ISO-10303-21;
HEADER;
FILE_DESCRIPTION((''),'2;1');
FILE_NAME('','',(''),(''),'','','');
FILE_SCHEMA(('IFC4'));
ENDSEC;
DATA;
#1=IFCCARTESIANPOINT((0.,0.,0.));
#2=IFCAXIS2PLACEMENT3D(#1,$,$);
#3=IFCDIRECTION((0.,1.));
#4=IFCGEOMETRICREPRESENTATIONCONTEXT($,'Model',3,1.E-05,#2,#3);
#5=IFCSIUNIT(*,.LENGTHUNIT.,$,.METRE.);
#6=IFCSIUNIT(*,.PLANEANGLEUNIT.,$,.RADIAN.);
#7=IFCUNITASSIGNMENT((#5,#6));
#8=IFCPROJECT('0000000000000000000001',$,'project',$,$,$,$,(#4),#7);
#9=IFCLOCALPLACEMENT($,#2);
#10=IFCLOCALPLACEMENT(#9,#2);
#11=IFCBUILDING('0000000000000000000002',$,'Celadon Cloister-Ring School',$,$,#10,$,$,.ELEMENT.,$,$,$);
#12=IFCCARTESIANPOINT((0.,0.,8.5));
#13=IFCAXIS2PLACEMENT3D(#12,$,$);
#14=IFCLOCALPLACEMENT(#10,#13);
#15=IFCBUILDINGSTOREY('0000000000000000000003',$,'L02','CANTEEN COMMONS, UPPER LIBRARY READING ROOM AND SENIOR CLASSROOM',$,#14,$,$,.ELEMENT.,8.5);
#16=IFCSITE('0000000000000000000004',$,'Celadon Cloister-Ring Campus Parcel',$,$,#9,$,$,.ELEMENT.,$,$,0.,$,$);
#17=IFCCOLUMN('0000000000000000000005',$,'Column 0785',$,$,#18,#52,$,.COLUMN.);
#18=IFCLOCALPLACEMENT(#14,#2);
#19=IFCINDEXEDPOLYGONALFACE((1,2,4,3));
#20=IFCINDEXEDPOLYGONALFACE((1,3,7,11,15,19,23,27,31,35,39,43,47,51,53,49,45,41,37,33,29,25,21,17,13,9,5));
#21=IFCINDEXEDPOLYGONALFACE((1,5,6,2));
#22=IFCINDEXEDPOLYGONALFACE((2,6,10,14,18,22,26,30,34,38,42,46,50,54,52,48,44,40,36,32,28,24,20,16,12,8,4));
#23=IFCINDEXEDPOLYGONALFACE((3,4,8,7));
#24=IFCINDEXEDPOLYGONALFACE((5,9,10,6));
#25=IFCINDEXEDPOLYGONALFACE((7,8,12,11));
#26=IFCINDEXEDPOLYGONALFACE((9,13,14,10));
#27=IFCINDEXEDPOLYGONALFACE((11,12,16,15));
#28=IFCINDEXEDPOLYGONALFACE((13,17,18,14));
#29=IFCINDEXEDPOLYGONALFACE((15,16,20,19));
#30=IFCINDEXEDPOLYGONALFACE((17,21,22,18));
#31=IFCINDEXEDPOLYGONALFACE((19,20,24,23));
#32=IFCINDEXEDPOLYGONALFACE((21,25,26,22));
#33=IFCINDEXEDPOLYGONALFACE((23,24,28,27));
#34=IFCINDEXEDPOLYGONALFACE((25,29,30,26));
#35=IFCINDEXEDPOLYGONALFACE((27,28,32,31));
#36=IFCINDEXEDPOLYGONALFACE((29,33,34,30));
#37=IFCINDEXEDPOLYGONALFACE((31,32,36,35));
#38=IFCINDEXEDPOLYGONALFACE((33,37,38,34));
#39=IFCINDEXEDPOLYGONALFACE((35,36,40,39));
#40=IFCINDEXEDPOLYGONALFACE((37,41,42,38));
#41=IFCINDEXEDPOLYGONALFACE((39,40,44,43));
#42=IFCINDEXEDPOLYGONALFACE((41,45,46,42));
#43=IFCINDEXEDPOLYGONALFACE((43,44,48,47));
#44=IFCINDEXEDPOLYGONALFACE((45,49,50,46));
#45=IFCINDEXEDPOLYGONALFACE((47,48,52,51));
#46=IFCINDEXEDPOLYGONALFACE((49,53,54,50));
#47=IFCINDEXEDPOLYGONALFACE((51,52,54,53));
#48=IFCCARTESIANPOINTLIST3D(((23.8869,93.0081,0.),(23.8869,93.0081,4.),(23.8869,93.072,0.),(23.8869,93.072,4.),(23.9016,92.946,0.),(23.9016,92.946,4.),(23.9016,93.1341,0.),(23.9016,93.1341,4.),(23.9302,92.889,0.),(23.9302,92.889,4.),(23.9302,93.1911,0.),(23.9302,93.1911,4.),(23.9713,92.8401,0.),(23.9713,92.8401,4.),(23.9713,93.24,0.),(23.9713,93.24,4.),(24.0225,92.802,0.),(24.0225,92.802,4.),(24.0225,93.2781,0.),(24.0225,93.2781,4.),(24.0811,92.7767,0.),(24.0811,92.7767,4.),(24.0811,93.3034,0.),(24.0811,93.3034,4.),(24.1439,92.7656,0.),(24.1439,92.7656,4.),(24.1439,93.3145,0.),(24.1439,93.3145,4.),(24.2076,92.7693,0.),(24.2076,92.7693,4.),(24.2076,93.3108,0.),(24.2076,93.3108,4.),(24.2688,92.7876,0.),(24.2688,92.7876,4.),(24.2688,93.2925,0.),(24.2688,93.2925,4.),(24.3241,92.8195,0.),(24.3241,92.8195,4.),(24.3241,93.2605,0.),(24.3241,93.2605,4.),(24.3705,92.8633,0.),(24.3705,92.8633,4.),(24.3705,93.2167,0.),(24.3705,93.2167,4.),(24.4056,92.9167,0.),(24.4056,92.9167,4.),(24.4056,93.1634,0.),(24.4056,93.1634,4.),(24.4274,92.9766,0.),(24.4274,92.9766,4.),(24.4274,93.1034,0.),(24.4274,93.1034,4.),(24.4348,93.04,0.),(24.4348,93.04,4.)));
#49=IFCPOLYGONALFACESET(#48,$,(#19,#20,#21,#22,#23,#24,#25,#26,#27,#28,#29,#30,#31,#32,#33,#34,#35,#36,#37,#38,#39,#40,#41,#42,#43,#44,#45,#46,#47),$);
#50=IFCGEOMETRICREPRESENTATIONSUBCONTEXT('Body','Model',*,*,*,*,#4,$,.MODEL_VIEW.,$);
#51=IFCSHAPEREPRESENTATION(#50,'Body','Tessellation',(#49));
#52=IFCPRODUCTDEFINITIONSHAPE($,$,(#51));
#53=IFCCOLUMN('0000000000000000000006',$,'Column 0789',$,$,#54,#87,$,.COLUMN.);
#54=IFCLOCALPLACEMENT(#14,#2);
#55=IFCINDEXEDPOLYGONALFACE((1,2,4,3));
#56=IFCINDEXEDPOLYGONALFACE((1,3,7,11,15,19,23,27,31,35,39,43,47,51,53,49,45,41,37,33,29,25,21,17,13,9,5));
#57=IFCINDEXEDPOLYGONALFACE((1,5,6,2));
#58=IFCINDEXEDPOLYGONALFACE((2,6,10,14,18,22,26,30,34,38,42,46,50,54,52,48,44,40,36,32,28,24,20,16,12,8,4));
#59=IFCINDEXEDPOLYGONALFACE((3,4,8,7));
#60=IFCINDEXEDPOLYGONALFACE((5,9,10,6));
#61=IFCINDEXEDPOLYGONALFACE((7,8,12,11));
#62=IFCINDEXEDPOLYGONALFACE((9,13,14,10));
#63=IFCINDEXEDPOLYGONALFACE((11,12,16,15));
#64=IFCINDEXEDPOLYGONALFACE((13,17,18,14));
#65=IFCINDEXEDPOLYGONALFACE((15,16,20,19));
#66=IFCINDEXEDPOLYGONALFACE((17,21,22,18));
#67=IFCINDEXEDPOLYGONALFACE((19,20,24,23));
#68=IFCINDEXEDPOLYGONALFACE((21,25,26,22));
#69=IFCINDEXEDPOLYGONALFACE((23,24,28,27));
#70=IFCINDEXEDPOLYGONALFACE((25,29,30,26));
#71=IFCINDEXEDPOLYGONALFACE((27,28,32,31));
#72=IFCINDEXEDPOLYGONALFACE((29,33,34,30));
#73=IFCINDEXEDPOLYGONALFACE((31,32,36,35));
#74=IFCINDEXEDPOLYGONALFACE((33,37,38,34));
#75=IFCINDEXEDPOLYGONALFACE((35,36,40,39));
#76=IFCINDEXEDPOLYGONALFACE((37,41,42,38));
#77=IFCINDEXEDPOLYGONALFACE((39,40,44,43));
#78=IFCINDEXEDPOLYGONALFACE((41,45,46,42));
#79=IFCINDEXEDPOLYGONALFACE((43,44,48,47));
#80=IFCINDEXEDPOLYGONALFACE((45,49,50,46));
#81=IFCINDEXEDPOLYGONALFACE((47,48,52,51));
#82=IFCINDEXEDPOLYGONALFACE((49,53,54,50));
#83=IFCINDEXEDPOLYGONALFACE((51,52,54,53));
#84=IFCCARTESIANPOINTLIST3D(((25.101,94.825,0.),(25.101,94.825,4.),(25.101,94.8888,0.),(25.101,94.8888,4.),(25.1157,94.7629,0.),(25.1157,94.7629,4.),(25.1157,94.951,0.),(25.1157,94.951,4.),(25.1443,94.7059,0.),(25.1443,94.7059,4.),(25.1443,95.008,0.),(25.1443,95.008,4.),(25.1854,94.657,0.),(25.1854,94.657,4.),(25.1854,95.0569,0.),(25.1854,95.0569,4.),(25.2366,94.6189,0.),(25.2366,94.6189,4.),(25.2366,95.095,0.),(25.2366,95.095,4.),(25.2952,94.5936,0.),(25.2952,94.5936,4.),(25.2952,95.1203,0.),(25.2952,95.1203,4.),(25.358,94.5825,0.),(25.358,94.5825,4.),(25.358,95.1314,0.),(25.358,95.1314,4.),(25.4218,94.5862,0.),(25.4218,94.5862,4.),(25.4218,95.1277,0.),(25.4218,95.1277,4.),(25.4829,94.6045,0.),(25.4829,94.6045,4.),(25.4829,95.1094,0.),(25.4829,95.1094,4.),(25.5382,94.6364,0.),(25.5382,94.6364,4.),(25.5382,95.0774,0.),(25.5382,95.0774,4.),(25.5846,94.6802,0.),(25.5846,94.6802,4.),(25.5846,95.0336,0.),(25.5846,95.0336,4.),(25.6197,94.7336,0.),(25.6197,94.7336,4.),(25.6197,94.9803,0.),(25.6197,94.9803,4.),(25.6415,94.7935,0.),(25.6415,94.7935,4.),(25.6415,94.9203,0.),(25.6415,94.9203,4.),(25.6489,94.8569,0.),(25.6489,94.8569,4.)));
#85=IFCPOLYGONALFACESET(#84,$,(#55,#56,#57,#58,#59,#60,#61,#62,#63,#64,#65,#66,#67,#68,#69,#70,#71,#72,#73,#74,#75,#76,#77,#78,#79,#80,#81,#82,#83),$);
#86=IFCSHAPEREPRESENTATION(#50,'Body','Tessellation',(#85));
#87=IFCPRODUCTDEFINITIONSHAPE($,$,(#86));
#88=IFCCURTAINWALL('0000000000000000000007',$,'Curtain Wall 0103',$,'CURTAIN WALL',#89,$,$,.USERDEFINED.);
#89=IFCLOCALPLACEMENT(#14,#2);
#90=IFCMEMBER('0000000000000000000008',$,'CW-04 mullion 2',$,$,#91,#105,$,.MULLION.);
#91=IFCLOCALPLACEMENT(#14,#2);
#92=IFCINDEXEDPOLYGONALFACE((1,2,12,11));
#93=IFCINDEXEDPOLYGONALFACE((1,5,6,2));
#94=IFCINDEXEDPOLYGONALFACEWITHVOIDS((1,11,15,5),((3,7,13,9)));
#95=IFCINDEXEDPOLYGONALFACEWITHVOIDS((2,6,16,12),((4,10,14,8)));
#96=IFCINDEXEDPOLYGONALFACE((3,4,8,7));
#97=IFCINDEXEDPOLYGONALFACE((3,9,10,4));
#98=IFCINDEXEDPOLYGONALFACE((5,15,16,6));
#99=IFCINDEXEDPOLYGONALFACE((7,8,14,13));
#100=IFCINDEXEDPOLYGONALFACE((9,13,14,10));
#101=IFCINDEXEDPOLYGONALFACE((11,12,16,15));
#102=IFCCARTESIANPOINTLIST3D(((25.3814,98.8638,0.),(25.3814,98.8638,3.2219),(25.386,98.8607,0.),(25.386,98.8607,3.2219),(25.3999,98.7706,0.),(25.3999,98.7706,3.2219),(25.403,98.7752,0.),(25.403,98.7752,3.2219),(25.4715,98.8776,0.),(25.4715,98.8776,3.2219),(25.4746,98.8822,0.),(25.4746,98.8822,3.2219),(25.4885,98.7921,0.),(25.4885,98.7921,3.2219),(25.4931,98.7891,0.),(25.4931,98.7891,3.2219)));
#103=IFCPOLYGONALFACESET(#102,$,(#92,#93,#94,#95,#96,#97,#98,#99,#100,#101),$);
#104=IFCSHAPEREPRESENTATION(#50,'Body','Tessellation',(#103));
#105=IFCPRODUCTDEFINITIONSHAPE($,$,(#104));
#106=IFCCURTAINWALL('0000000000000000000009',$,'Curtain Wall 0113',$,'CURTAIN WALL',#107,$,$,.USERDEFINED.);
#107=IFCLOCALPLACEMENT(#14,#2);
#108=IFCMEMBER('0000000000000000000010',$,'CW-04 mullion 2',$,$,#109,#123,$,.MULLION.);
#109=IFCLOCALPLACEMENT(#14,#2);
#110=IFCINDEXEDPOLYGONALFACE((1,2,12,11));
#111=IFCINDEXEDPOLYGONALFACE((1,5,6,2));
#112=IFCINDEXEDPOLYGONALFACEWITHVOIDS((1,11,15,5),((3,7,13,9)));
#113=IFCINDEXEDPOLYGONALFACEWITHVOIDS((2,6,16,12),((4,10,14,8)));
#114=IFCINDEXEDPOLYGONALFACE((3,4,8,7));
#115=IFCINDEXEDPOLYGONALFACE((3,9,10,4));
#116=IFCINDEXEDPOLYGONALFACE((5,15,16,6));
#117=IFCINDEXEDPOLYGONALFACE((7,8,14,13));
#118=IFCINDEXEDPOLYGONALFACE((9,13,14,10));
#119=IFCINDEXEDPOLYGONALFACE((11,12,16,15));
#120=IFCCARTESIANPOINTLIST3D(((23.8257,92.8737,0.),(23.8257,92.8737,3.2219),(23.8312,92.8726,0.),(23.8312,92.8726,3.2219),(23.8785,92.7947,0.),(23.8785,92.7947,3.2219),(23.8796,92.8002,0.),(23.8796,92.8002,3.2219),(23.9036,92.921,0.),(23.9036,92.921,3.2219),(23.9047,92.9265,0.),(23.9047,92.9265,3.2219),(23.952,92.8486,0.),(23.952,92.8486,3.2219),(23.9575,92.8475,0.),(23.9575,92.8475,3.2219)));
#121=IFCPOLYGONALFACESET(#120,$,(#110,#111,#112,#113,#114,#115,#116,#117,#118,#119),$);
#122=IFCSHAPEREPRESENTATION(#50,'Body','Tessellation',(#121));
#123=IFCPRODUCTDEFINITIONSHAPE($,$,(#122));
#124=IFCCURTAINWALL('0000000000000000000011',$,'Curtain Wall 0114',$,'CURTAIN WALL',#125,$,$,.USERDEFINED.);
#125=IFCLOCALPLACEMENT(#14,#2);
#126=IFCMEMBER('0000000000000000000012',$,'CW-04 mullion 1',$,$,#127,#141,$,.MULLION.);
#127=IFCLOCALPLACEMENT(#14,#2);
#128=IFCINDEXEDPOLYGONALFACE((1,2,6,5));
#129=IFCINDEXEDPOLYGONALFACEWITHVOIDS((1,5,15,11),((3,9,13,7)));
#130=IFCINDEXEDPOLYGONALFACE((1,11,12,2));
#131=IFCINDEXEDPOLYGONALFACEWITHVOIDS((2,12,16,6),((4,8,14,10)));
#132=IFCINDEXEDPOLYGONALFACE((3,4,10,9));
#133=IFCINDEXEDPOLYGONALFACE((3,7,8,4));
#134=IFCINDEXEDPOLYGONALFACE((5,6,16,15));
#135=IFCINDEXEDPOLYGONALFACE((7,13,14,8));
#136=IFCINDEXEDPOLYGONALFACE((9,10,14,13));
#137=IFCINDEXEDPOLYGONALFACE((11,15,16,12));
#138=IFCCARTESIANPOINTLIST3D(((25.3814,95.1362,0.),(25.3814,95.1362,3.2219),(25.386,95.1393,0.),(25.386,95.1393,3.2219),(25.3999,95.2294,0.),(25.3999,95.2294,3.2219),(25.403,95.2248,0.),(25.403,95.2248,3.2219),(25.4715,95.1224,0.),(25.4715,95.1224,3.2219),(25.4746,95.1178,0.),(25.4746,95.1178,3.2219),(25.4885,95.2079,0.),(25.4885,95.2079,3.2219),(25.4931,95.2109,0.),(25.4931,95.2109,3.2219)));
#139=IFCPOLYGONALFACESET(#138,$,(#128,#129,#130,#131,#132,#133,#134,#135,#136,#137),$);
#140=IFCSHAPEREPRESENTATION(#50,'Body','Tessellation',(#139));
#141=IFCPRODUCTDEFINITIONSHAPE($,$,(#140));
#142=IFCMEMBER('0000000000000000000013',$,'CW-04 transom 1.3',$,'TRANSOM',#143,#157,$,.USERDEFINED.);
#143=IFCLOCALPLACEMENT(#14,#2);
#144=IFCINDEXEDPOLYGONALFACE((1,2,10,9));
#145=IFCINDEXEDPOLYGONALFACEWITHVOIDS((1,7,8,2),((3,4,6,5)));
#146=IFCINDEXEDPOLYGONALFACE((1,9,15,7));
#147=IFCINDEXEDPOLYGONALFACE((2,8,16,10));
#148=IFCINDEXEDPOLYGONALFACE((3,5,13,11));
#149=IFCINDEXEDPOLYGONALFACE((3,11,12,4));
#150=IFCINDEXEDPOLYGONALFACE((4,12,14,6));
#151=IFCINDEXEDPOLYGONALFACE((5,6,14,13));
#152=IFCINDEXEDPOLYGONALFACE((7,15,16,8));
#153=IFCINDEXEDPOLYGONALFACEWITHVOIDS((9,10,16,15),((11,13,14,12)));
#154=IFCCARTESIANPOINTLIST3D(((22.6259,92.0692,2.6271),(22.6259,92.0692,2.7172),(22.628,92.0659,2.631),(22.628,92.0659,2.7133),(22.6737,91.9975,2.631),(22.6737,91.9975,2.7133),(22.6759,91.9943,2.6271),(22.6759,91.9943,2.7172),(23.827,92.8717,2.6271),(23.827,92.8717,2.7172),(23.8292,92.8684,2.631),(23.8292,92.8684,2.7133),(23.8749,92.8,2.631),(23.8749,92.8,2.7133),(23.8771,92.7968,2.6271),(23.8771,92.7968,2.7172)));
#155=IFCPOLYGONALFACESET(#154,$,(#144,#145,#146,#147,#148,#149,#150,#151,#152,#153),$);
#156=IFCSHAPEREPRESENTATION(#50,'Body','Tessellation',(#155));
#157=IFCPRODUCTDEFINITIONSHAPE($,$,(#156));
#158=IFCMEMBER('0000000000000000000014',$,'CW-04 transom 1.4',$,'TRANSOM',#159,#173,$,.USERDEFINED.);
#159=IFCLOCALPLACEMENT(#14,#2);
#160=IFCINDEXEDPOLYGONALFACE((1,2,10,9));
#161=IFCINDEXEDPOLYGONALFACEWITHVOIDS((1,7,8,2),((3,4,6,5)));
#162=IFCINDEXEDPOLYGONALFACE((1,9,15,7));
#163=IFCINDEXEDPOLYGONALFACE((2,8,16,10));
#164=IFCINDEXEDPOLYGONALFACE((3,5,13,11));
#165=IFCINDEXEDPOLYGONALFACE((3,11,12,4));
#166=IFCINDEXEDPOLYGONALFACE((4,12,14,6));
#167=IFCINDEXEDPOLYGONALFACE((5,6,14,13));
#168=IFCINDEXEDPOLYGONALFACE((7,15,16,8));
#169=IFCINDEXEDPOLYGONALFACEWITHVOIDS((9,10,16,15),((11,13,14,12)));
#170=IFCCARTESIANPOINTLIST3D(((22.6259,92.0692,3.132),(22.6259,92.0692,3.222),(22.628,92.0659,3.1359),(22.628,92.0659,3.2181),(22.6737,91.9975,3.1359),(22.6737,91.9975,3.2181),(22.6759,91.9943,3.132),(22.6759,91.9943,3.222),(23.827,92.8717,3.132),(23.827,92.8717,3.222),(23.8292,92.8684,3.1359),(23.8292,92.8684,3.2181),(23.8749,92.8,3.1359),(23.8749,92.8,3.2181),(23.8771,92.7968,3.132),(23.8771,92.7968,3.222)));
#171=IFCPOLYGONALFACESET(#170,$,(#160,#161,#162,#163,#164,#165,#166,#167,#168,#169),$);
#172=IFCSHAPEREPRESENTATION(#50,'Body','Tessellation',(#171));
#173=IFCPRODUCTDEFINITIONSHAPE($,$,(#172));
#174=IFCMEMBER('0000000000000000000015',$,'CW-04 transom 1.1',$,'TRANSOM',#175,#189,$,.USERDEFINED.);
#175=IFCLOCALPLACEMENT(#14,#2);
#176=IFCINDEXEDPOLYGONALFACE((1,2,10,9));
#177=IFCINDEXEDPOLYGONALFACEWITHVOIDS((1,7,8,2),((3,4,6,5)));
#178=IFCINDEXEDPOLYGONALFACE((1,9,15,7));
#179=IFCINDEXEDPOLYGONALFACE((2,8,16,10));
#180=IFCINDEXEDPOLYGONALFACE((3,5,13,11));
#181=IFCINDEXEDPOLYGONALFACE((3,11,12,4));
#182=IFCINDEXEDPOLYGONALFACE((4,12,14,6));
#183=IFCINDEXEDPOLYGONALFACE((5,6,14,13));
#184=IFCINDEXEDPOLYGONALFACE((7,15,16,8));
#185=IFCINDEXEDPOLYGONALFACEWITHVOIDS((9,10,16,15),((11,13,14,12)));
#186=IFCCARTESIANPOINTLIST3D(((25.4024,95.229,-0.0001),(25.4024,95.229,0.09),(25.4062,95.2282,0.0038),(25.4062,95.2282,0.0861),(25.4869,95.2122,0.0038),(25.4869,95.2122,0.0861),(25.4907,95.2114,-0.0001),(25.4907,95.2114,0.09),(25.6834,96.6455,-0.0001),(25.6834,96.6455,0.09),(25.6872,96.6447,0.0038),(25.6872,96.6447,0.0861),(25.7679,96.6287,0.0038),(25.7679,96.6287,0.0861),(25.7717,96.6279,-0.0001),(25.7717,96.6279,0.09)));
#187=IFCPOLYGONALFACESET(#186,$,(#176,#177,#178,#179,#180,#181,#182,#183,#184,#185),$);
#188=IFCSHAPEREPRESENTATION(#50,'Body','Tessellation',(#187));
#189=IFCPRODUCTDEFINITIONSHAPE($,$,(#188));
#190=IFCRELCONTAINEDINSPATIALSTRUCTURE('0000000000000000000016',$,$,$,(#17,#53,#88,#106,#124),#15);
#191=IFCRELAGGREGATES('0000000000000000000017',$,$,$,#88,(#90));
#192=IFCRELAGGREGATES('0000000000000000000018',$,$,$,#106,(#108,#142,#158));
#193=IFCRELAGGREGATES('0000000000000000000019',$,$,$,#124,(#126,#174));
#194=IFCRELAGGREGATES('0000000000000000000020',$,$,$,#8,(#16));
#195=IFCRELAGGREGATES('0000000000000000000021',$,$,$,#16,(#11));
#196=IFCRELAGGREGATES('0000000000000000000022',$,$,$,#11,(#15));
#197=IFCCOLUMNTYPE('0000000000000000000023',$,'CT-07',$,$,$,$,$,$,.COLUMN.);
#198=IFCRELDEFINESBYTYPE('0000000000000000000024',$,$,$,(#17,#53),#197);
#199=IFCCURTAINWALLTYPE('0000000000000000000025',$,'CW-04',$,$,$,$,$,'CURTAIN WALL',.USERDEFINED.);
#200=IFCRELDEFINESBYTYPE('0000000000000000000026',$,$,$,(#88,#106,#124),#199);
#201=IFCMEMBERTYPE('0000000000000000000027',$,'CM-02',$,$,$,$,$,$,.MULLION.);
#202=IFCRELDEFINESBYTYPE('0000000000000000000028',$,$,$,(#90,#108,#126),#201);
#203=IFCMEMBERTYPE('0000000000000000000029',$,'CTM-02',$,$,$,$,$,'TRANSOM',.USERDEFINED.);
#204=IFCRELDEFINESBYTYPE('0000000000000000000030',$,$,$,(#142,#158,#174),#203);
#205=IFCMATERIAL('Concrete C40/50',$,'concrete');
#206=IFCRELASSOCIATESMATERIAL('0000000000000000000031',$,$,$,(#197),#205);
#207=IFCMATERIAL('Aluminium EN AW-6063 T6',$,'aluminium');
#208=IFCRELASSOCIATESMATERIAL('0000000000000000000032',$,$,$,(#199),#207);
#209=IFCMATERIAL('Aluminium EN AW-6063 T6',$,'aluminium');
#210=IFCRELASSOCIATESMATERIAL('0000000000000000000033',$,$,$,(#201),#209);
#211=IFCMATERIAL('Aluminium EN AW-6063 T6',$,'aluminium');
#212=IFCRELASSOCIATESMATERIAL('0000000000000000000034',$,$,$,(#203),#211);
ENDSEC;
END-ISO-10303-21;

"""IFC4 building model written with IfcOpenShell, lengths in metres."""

from ifc_helpers import new_model, si_unit, direction, frame, origin, origin_2d, place, context, subcontext, project, spatial, hollow_rectangle, circle, extrude, material, material_profile, profile_set, type_object, element, aggregate, save


model = new_model("IFC4")

# Units and contexts
model_context = context("Model", 3, precision=1e-05, world=origin(), true_north=direction((0.0, 1.0)))
body_context = subcontext(model_context, "Body", "Model", "MODEL_VIEW")
ifc_project = project(units=[si_unit("LENGTHUNIT", "METRE"), si_unit("PLANEANGLEUNIT", "RADIAN")], contexts=[model_context])

# Site, building, storey
site_placement = place(None, origin())
site = spatial("IfcSite", under=ifc_project, at=site_placement, Name="Celadon Cloister-Ring Campus Parcel", CompositionType="ELEMENT", RefElevation=0.0)
building_placement = place(site_placement, origin())
building = spatial("IfcBuilding", under=site, at=building_placement, Name="Celadon Cloister-Ring School", CompositionType="ELEMENT")
storey_placement = place(building_placement, frame((0.0, 0.0, 8.5)))
storey = spatial("IfcBuildingStorey", under=building, at=storey_placement, Name="L02", Description="CANTEEN COMMONS, UPPER LIBRARY READING ROOM AND SENIOR CLASSROOM", CompositionType="ELEMENT", Elevation=8.5)

# Columns
ifc_material_1 = material(Name="Concrete C40/50", Category="concrete")
ifc_material_profile_1 = material_profile(ifc_material_1, circle(Radius=0.2749, at=origin_2d()), Name="CIRC550")
ifc_profile_set_1 = profile_set([ifc_material_profile_1], Name="Concrete C40/50")
column_type = type_object("IfcColumnType", Name="CT-07", PredefinedType="COLUMN", material=ifc_profile_set_1)
for number, where, z_axis, x_axis, name in (
    (1, (24.1599, 93.04, 0.0), (0.0, 0.0, 1.0), (1.0, 0.0, 0.0), "Column 0785"),
    (2, (25.374, 94.8569, 0.0), (0.0, 0.0, 1.0), (1.0, 0.0, 0.0), "Column 0789"),
):
    element("IfcColumn", number, at=place(storey_placement, frame(where, z_axis=z_axis, x_axis=x_axis)), inside=storey, type_object=column_type, Name=name, PredefinedType="COLUMN", context=body_context, shape_type="SweptSolid", body=[
        extrude(circle(Radius=0.2749, at=origin_2d()), origin(), (0.0, 0.0, 1.0), 4.0),
    ])

# Curtain walls, members
ifc_material_2 = material(Name="Aluminium EN AW-6063 T6", Category="aluminium")
curtain_wall_type = type_object("IfcCurtainWallType", Name="CW-04", ElementType="CURTAIN WALL", PredefinedType="USERDEFINED", material=ifc_material_2)
curtain_wall_1_placement = place(storey_placement, origin())
curtain_wall_1 = element("IfcCurtainWall", 3, at=curtain_wall_1_placement, inside=storey, type_object=curtain_wall_type, Name="Curtain Wall 0103", ObjectType="CURTAIN WALL", PredefinedType="USERDEFINED")
ifc_material_3 = material(Name="Aluminium EN AW-6063 T6", Category="aluminium")
ifc_material_profile_2 = material_profile(ifc_material_3, hollow_rectangle(XDim=0.095, YDim=0.095, WallThickness=0.0039, at=origin_2d()), Name="RHS95X95X4")
ifc_profile_set_2 = profile_set([ifc_material_profile_2], Name="Aluminium EN AW-6063 T6")
member_type_1 = type_object("IfcMemberType", Name="CM-02", PredefinedType="MULLION", material=ifc_profile_set_2)
member_1_placement = place(storey_placement, frame((25.4373, 98.8264, 0.0), z_axis=(0.0, 0.0, 1.0), x_axis=(-0.980885, -0.194586, 0.0)))
member_1 = element("IfcMember", 4, at=member_1_placement, type_object=member_type_1, Name="CW-04 mullion 2", PredefinedType="MULLION", context=body_context, shape_type="SweptSolid", body=[
    extrude(hollow_rectangle(XDim=0.095, YDim=0.095, WallThickness=0.0039, at=origin_2d()), origin(), (0.0, 0.0, 1.0), 3.2219),
])
aggregate(curtain_wall_1, [member_1])
curtain_wall_2_placement = place(storey_placement, origin())
curtain_wall_2 = element("IfcCurtainWall", 5, at=curtain_wall_2_placement, inside=storey, type_object=curtain_wall_type, Name="Curtain Wall 0113", ObjectType="CURTAIN WALL", PredefinedType="USERDEFINED")
member_2_placement = place(storey_placement, frame((23.8916, 92.8606, 0.0), z_axis=(0.0, 0.0, 1.0), x_axis=(-0.555547, 0.831485, 0.0)))
member_2 = element("IfcMember", 6, at=member_2_placement, type_object=member_type_1, Name="CW-04 mullion 2", PredefinedType="MULLION", context=body_context, shape_type="SweptSolid", body=[
    extrude(hollow_rectangle(XDim=0.095, YDim=0.095, WallThickness=0.0039, at=origin_2d()), origin(), (0.0, 0.0, 1.0), 3.2219),
])
curtain_wall_3_placement = place(storey_placement, origin())
curtain_wall_3 = element("IfcCurtainWall", 7, at=curtain_wall_3_placement, inside=storey, type_object=curtain_wall_type, Name="Curtain Wall 0114", ObjectType="CURTAIN WALL", PredefinedType="USERDEFINED")
member_3_placement = place(storey_placement, frame((25.4373, 95.1736, 0.0), z_axis=(0.0, 0.0, 1.0), x_axis=(-0.980885, 0.194586, 0.0)))
member_3 = element("IfcMember", 8, at=member_3_placement, type_object=member_type_1, Name="CW-04 mullion 1", PredefinedType="MULLION", context=body_context, shape_type="SweptSolid", body=[
    extrude(hollow_rectangle(XDim=0.095, YDim=0.095, WallThickness=0.0039, at=origin_2d()), origin(), (0.0, 0.0, 1.0), 3.2219),
])

# Members
ifc_material_4 = material(Name="Aluminium EN AW-6063 T6", Category="aluminium")
ifc_material_profile_3 = material_profile(ifc_material_4, hollow_rectangle(XDim=0.0901, YDim=0.0901, WallThickness=0.0039, at=origin_2d()), Name="RHS90X90X4")
ifc_profile_set_3 = profile_set([ifc_material_profile_3], Name="Aluminium EN AW-6063 T6")
member_type_2 = type_object("IfcMemberType", Name="CTM-02", ElementType="TRANSOM", PredefinedType="USERDEFINED", material=ifc_profile_set_3)
member_4_placement = place(storey_placement, frame((22.6509, 92.0317, 2.6721), z_axis=(0.831504, 0.555519, 0.0), x_axis=(-0.555519, 0.831504, 0.0)))
member_4 = element("IfcMember", 9, at=member_4_placement, type_object=member_type_2, Name="CW-04 transom 1.3", ObjectType="TRANSOM", PredefinedType="USERDEFINED", context=body_context, shape_type="SweptSolid", body=[
    extrude(hollow_rectangle(XDim=0.0901, YDim=0.0901, WallThickness=0.0039, at=origin_2d()), origin(), (0.0, 0.0, 1.0), 1.4446),
])
member_5_placement = place(storey_placement, frame((22.6509, 92.0317, 3.177), z_axis=(0.831504, 0.555519, 0.0), x_axis=(-0.555519, 0.831504, 0.0)))
member_5 = element("IfcMember", 10, at=member_5_placement, type_object=member_type_2, Name="CW-04 transom 1.4", ObjectType="TRANSOM", PredefinedType="USERDEFINED", context=body_context, shape_type="SweptSolid", body=[
    extrude(hollow_rectangle(XDim=0.0901, YDim=0.0901, WallThickness=0.0039, at=origin_2d()), origin(), (0.0, 0.0, 1.0), 1.4446),
])
member_6_placement = place(storey_placement, frame((25.4465, 95.2202, 0.0449), z_axis=(0.194588, 0.980885, 0.0), x_axis=(-0.980885, 0.194588, 0.0)))
member_6 = element("IfcMember", 11, at=member_6_placement, type_object=member_type_2, Name="CW-04 transom 1.1", ObjectType="TRANSOM", PredefinedType="USERDEFINED", context=body_context, shape_type="SweptSolid", body=[
    extrude(hollow_rectangle(XDim=0.0901, YDim=0.0901, WallThickness=0.0039, at=origin_2d()), origin(), (0.0, 0.0, 1.0), 1.4441),
])

aggregate(curtain_wall_2, [member_2, member_4, member_5])
aggregate(curtain_wall_3, [member_3, member_6])

save(model, "model.ifc")
